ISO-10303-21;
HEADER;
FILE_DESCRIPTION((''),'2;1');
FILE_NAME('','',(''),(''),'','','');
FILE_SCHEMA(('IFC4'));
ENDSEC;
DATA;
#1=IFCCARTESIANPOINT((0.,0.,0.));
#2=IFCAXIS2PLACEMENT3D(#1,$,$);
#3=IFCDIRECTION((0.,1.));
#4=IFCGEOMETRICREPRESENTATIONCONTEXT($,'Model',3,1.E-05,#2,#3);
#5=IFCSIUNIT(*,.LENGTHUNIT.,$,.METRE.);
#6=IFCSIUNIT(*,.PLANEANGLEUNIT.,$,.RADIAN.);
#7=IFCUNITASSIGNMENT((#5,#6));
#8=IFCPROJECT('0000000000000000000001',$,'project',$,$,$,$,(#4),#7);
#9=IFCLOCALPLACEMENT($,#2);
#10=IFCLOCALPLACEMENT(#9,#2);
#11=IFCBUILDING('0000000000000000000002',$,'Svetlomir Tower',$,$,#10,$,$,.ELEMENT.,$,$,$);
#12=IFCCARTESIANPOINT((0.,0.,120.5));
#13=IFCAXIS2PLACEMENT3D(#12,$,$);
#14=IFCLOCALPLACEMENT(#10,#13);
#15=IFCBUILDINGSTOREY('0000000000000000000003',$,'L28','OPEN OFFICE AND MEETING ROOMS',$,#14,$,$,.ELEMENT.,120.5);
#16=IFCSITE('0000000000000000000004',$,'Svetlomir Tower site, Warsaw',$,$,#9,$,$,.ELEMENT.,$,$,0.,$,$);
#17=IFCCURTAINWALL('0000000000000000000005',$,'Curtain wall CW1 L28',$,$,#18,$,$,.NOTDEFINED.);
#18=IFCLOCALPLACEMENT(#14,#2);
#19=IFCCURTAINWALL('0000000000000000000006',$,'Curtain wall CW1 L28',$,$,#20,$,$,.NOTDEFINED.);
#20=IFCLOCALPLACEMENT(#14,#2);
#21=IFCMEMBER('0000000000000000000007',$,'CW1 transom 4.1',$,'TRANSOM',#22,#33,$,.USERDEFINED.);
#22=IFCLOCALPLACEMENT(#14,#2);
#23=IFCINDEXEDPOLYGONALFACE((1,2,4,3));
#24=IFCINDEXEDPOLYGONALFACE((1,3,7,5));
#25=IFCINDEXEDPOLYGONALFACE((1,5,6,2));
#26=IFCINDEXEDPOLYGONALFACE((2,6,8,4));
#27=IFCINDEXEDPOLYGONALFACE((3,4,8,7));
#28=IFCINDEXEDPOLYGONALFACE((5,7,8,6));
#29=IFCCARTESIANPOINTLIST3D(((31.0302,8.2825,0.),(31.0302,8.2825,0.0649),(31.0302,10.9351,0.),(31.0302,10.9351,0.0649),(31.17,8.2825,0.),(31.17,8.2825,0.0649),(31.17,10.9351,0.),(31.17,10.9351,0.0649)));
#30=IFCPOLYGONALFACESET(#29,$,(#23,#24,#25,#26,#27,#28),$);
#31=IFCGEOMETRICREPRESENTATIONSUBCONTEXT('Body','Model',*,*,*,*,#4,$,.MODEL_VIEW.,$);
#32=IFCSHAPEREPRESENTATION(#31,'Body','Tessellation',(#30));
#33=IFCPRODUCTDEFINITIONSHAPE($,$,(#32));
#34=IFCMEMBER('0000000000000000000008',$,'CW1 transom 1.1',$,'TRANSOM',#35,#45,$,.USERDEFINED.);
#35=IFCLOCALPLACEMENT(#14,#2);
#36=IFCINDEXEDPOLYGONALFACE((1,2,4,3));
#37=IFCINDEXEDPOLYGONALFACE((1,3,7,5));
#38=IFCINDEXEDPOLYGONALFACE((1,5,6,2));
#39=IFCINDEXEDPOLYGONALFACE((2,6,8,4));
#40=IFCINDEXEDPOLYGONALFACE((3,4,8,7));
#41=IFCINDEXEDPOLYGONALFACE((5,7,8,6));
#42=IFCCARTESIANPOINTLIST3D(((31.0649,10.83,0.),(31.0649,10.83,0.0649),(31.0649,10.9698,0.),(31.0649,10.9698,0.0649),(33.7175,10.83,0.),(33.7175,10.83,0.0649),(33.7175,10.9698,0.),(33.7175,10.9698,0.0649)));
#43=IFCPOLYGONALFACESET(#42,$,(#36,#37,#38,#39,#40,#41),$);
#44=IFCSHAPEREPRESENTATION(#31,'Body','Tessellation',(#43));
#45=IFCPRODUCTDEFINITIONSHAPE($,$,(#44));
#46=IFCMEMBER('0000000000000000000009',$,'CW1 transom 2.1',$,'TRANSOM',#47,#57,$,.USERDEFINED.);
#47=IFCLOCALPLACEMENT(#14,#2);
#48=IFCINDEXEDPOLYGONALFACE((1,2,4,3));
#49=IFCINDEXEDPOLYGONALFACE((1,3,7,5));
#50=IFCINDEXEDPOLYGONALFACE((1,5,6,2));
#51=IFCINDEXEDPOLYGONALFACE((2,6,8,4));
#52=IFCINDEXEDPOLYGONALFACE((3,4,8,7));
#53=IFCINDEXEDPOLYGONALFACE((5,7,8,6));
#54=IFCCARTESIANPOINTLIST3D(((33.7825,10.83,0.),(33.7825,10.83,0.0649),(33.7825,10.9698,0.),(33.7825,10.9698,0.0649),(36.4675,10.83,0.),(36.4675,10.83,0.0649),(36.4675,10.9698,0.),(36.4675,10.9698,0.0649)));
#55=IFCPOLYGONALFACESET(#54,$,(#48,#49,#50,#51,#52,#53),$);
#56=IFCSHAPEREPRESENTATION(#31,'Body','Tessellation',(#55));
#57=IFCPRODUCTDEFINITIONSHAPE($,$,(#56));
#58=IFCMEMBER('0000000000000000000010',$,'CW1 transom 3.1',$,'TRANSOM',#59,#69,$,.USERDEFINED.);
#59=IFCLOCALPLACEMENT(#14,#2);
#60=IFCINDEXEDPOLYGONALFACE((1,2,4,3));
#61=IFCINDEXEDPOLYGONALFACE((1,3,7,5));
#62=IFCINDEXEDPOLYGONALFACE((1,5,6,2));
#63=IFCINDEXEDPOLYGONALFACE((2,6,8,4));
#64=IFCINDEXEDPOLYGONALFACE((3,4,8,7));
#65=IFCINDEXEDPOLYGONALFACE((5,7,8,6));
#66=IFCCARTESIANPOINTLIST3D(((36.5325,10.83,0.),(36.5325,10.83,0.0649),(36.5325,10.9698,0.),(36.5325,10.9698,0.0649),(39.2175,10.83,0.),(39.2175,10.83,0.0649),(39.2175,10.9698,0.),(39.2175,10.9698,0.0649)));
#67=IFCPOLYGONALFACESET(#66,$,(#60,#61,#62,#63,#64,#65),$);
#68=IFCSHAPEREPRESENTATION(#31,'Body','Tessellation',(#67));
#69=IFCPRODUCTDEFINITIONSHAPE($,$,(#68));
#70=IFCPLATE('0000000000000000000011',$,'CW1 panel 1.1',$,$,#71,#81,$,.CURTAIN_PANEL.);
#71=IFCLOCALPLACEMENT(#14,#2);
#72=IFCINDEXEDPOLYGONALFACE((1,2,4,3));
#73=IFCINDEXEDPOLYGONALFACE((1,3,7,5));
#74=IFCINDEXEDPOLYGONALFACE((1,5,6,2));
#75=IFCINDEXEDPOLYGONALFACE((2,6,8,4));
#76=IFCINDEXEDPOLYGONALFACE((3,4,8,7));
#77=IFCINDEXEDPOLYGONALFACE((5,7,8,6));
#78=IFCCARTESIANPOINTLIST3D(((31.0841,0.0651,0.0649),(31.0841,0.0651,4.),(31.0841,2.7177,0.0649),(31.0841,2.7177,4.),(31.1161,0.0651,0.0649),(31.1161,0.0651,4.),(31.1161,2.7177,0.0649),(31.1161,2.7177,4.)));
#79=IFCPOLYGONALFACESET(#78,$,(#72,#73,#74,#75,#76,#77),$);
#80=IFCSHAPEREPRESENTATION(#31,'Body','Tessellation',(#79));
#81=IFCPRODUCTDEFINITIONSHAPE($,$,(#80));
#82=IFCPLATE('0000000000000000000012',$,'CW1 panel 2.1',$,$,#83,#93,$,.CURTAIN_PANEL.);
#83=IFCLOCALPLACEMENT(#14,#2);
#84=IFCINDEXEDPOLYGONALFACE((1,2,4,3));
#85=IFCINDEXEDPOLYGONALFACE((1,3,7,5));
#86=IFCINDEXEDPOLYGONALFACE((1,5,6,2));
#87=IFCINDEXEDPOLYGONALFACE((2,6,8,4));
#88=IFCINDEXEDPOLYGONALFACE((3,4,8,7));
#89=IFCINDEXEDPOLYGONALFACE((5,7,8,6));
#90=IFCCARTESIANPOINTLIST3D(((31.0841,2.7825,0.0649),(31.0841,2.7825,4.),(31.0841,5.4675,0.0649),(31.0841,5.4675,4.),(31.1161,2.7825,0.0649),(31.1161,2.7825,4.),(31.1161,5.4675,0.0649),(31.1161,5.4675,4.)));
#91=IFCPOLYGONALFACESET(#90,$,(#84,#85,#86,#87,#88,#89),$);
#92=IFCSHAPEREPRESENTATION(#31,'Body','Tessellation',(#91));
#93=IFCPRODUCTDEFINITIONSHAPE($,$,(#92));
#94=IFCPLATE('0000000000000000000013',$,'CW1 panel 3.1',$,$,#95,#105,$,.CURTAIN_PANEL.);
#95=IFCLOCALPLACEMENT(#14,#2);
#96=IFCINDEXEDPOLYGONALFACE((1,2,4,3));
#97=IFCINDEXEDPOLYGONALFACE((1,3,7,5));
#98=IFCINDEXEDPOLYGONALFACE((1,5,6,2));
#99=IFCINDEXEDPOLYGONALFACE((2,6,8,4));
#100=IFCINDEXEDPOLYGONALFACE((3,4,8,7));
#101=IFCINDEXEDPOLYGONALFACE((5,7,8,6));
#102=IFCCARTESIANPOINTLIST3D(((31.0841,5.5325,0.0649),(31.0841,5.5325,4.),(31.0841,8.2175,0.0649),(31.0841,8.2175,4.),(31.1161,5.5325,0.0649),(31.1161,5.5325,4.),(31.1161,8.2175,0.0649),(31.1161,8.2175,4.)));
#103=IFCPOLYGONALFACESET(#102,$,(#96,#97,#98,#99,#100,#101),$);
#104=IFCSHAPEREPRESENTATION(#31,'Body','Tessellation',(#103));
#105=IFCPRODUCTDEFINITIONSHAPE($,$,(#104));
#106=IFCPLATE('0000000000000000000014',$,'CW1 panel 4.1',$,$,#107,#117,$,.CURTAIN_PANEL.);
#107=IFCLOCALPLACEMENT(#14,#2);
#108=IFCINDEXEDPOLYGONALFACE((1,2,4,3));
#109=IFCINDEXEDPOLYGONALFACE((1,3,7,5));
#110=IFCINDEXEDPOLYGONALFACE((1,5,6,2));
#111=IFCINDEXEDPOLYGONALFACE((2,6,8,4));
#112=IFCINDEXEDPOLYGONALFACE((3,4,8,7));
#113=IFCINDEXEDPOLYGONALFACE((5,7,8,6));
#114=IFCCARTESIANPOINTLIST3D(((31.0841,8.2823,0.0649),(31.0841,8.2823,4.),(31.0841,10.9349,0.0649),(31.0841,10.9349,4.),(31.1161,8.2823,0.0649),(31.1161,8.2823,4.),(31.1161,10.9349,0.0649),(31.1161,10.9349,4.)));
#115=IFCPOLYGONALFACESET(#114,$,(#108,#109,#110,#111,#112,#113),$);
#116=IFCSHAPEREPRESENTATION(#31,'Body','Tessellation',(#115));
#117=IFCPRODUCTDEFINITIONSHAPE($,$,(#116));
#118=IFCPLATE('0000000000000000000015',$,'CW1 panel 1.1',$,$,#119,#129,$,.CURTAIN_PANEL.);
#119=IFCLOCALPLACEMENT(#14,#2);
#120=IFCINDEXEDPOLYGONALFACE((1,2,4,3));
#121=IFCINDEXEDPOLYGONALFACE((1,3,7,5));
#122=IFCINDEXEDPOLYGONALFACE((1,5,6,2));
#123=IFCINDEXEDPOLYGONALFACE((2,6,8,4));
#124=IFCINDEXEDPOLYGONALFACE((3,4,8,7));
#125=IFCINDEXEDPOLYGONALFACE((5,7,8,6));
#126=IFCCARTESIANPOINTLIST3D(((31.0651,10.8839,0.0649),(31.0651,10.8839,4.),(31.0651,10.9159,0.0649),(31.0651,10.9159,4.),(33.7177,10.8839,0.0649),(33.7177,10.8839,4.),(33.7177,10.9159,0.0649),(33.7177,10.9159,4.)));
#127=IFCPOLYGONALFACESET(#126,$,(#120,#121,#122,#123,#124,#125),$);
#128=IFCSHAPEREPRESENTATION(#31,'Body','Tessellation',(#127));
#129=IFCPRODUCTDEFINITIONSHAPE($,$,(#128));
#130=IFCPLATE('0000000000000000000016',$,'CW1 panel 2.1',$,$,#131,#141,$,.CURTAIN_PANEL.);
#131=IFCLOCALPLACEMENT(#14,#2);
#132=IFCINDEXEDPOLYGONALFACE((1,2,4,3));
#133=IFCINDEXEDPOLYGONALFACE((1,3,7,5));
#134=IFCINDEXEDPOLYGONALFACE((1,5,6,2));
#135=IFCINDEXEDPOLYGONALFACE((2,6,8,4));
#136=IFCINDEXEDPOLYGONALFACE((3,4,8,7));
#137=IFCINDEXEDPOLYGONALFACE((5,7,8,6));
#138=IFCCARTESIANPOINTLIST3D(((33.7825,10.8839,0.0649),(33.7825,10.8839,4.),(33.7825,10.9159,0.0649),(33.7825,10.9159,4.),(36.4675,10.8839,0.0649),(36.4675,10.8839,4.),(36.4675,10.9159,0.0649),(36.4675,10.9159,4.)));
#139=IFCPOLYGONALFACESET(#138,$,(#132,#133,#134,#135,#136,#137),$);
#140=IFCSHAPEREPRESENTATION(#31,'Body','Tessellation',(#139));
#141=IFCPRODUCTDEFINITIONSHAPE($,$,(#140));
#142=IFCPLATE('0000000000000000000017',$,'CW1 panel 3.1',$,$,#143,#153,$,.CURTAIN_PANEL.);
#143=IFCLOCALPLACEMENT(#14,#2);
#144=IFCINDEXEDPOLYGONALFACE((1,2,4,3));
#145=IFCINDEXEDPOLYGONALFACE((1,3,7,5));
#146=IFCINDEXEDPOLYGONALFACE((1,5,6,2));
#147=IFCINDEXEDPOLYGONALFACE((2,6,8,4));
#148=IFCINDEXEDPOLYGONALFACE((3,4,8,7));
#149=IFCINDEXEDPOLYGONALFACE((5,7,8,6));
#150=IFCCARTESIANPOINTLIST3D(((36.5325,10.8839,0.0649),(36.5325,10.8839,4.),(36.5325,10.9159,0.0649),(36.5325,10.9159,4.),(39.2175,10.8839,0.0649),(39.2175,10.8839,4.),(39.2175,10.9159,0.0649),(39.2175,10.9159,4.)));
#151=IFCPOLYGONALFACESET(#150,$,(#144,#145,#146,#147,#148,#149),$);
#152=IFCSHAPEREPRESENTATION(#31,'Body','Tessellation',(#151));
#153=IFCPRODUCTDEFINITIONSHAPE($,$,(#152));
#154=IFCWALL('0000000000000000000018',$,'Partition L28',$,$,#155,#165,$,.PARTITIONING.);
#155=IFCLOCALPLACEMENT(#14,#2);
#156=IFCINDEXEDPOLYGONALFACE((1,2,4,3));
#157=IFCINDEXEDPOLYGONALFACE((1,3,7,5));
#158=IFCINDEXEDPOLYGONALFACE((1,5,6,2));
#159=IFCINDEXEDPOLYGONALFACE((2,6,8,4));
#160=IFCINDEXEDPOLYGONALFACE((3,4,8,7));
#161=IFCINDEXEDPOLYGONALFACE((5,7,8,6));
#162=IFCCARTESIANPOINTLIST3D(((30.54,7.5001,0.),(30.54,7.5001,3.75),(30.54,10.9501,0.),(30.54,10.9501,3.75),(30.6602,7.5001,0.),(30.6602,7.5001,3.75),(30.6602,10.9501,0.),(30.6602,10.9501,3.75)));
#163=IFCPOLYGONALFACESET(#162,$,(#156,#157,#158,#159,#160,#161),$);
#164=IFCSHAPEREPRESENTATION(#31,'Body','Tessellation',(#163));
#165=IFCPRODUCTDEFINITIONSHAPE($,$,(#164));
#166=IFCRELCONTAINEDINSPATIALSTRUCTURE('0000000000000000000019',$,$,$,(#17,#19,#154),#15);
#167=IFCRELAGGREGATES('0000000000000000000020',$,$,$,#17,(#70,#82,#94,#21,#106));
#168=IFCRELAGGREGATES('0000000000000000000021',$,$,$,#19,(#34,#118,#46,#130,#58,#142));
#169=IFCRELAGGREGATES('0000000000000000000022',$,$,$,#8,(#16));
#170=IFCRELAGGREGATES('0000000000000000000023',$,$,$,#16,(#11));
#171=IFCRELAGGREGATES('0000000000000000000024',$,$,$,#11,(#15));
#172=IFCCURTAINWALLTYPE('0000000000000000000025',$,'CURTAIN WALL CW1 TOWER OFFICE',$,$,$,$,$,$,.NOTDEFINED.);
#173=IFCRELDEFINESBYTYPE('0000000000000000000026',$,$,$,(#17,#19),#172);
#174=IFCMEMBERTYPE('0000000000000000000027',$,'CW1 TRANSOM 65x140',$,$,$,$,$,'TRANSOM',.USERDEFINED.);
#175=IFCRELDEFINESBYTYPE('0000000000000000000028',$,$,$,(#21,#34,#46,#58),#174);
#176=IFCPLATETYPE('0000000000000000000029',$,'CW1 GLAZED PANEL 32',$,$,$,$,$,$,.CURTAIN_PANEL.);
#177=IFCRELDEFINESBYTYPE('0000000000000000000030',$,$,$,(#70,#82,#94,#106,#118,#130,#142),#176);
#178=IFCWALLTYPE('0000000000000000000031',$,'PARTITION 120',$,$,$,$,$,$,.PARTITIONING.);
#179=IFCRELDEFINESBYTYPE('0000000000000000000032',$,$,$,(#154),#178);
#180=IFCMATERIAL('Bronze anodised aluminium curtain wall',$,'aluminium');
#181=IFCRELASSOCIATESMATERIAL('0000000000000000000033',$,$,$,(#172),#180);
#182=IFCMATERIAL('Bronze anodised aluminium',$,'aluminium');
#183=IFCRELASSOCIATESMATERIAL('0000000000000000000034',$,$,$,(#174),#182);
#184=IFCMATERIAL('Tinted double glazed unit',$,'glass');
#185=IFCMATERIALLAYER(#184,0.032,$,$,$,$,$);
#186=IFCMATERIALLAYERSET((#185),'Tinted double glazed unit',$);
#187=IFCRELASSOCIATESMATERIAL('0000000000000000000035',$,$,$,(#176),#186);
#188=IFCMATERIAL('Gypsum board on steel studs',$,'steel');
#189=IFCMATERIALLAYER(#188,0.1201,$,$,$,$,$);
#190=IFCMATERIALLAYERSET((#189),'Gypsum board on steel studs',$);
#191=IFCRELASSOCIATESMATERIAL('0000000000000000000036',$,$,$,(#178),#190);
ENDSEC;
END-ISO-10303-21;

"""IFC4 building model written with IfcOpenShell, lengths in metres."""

from ifc_helpers import new_model, si_unit, direction, frame, frame_2d, origin, origin_2d, place, context, subcontext, project, spatial, rectangle, extrude, material, layer, layer_set, material_profile, profile_set, type_object, element, aggregate, save


model = new_model("IFC4")

# Units and contexts
model_context = context("Model", 3, precision=1e-05, world=origin(), true_north=direction((0.0, 1.0)))
body_context = subcontext(model_context, "Body", "Model", "MODEL_VIEW")
ifc_project = project(units=[si_unit("LENGTHUNIT", "METRE"), si_unit("PLANEANGLEUNIT", "RADIAN")], contexts=[model_context])

# Site, building, storey
site_placement = place(None, origin())
site = spatial("IfcSite", under=ifc_project, at=site_placement, Name="Svetlomir Tower site, Warsaw", CompositionType="ELEMENT", RefElevation=0.0)
building_placement = place(site_placement, origin())
building = spatial("IfcBuilding", under=site, at=building_placement, Name="Svetlomir Tower", CompositionType="ELEMENT")
storey_placement = place(building_placement, frame((0.0, 0.0, 120.5)))
storey = spatial("IfcBuildingStorey", under=building, at=storey_placement, Name="L28", Description="OPEN OFFICE AND MEETING ROOMS", CompositionType="ELEMENT", Elevation=120.5)

# Curtain walls
ifc_material_1 = material(Name="Bronze anodised aluminium curtain wall", Category="aluminium")
curtain_wall_type = type_object("IfcCurtainWallType", Name="CURTAIN WALL CW1 TOWER OFFICE", PredefinedType="NOTDEFINED", material=ifc_material_1)
curtain_wall_1_placement = place(storey_placement, origin())
curtain_wall_1 = element("IfcCurtainWall", 1, at=curtain_wall_1_placement, inside=storey, type_object=curtain_wall_type, Name="Curtain wall CW1 L28", PredefinedType="NOTDEFINED")
curtain_wall_2_placement = place(storey_placement, origin())
curtain_wall_2 = element("IfcCurtainWall", 2, at=curtain_wall_2_placement, inside=storey, type_object=curtain_wall_type, Name="Curtain wall CW1 L28", PredefinedType="NOTDEFINED")

# Members
ifc_material_2 = material(Name="Bronze anodised aluminium", Category="aluminium")
ifc_material_profile_1 = material_profile(ifc_material_2, rectangle(XDim=0.1399, YDim=0.0649, at=origin_2d()), Name="AL 140x65")
ifc_profile_set_1 = profile_set([ifc_material_profile_1], Name="Bronze anodised aluminium 6063-T6")
member_type_1 = type_object("IfcMemberType", Name="CW1 TRANSOM 65x140", ElementType="TRANSOM", PredefinedType="USERDEFINED", material=ifc_profile_set_1)
member_1_placement = place(storey_placement, frame((31.1001, 8.2825, 0.0325), z_axis=(0.0, 1.0, 0.0), x_axis=(-1.0, 0.0, 0.0)))
member_1 = element("IfcMember", 3, at=member_1_placement, type_object=member_type_1, Name="CW1 transom 4.1", ObjectType="TRANSOM", PredefinedType="USERDEFINED", context=body_context, shape_type="SweptSolid", body=[
    extrude(rectangle(XDim=0.1399, YDim=0.0649, at=origin_2d()), origin(), (0.0, 0.0, 1.0), 2.6526),
])
member_2_placement = place(storey_placement, frame((31.0649, 10.8999, 0.0325), z_axis=(1.0, 0.0, 0.0), x_axis=(0.0, 1.0, 0.0)))
member_2 = element("IfcMember", 4, at=member_2_placement, type_object=member_type_1, Name="CW1 transom 1.1", ObjectType="TRANSOM", PredefinedType="USERDEFINED", context=body_context, shape_type="SweptSolid", body=[
    extrude(rectangle(XDim=0.1399, YDim=0.0649, at=origin_2d()), origin(), (0.0, 0.0, 1.0), 2.6526),
])
member_3_placement = place(storey_placement, frame((33.7825, 10.8999, 0.0325), z_axis=(1.0, 0.0, 0.0), x_axis=(0.0, 1.0, 0.0)))
member_3 = element("IfcMember", 5, at=member_3_placement, type_object=member_type_1, Name="CW1 transom 2.1", ObjectType="TRANSOM", PredefinedType="USERDEFINED", context=body_context, shape_type="SweptSolid", body=[
    extrude(rectangle(XDim=0.1399, YDim=0.0649, at=origin_2d()), origin(), (0.0, 0.0, 1.0), 2.6851),
])
member_4_placement = place(storey_placement, frame((36.5325, 10.8999, 0.0325), z_axis=(1.0, 0.0, 0.0), x_axis=(0.0, 1.0, 0.0)))
member_4 = element("IfcMember", 6, at=member_4_placement, type_object=member_type_1, Name="CW1 transom 3.1", ObjectType="TRANSOM", PredefinedType="USERDEFINED", context=body_context, shape_type="SweptSolid", body=[
    extrude(rectangle(XDim=0.1399, YDim=0.0649, at=origin_2d()), origin(), (0.0, 0.0, 1.0), 2.6851),
])

# Plates
ifc_material_3 = material(Name="Tinted double glazed unit", Category="glass")
ifc_layer_1 = layer(ifc_material_3, 0.032)
ifc_layer_set_1 = layer_set([ifc_layer_1], Name="Tinted double glazed unit")
plate_type = type_object("IfcPlateType", Name="CW1 GLAZED PANEL 32", PredefinedType="CURTAIN_PANEL", material=ifc_layer_set_1)
plate_1_placement = place(storey_placement, frame((31.1001, 1.3914, 0.0649), z_axis=(0.0, 0.0, 1.0), x_axis=(0.0, 1.0, 0.0)))
plate_1 = element("IfcPlate", 7, at=plate_1_placement, type_object=plate_type, Name="CW1 panel 1.1", PredefinedType="CURTAIN_PANEL", context=body_context, shape_type="SweptSolid", body=[
    extrude(rectangle(XDim=2.6526, YDim=0.032, at=origin_2d()), origin(), (0.0, 0.0, 1.0), 3.9351),
])
plate_2_placement = place(storey_placement, frame((31.1001, 4.125, 0.0649), z_axis=(0.0, 0.0, 1.0), x_axis=(0.0, 1.0, 0.0)))
plate_2 = element("IfcPlate", 8, at=plate_2_placement, type_object=plate_type, Name="CW1 panel 2.1", PredefinedType="CURTAIN_PANEL", context=body_context, shape_type="SweptSolid", body=[
    extrude(rectangle(XDim=2.6851, YDim=0.032, at=origin_2d()), origin(), (0.0, 0.0, 1.0), 3.9351),
])
plate_3_placement = place(storey_placement, frame((31.1001, 6.875, 0.0649), z_axis=(0.0, 0.0, 1.0), x_axis=(0.0, 1.0, 0.0)))
plate_3 = element("IfcPlate", 9, at=plate_3_placement, type_object=plate_type, Name="CW1 panel 3.1", PredefinedType="CURTAIN_PANEL", context=body_context, shape_type="SweptSolid", body=[
    extrude(rectangle(XDim=2.6851, YDim=0.032, at=origin_2d()), origin(), (0.0, 0.0, 1.0), 3.9351),
])
plate_4_placement = place(storey_placement, frame((31.1001, 9.6086, 0.0649), z_axis=(0.0, 0.0, 1.0), x_axis=(0.0, 1.0, 0.0)))
plate_4 = element("IfcPlate", 10, at=plate_4_placement, type_object=plate_type, Name="CW1 panel 4.1", PredefinedType="CURTAIN_PANEL", context=body_context, shape_type="SweptSolid", body=[
    extrude(rectangle(XDim=2.6526, YDim=0.032, at=origin_2d()), origin(), (0.0, 0.0, 1.0), 3.9351),
])
aggregate(curtain_wall_1, [plate_1, plate_2, plate_3, member_1, plate_4])
plate_5_placement = place(storey_placement, frame((32.3914, 10.8999, 0.0649), z_axis=(0.0, 0.0, 1.0), x_axis=(1.0, 0.0, 0.0)))
plate_5 = element("IfcPlate", 11, at=plate_5_placement, type_object=plate_type, Name="CW1 panel 1.1", PredefinedType="CURTAIN_PANEL", context=body_context, shape_type="SweptSolid", body=[
    extrude(rectangle(XDim=2.6526, YDim=0.032, at=origin_2d()), origin(), (0.0, 0.0, 1.0), 3.9351),
])
plate_6_placement = place(storey_placement, frame((35.125, 10.8999, 0.0649), z_axis=(0.0, 0.0, 1.0), x_axis=(1.0, 0.0, 0.0)))
plate_6 = element("IfcPlate", 12, at=plate_6_placement, type_object=plate_type, Name="CW1 panel 2.1", PredefinedType="CURTAIN_PANEL", context=body_context, shape_type="SweptSolid", body=[
    extrude(rectangle(XDim=2.6851, YDim=0.032, at=origin_2d()), origin(), (0.0, 0.0, 1.0), 3.9351),
])
plate_7_placement = place(storey_placement, frame((37.875, 10.8999, 0.0649), z_axis=(0.0, 0.0, 1.0), x_axis=(1.0, 0.0, 0.0)))
plate_7 = element("IfcPlate", 13, at=plate_7_placement, type_object=plate_type, Name="CW1 panel 3.1", PredefinedType="CURTAIN_PANEL", context=body_context, shape_type="SweptSolid", body=[
    extrude(rectangle(XDim=2.6851, YDim=0.032, at=origin_2d()), origin(), (0.0, 0.0, 1.0), 3.9351),
])
aggregate(curtain_wall_2, [member_2, plate_5, member_3, plate_6, member_4, plate_7])

# Wall
ifc_material_4 = material(Name="Gypsum board on steel studs", Category="steel")
ifc_layer_2 = layer(ifc_material_4, 0.1201)
ifc_layer_set_2 = layer_set([ifc_layer_2], Name="Gypsum board on steel studs")
wall_type = type_object("IfcWallType", Name="PARTITION 120", PredefinedType="PARTITIONING", material=ifc_layer_set_2)
wall_placement = place(storey_placement, frame((30.6001, 7.5, 0.0), z_axis=(0.0, 0.0, 1.0), x_axis=(0.0, 1.0, 0.0)))
element("IfcWall", 14, at=wall_placement, inside=storey, type_object=wall_type, Name="Partition L28", PredefinedType="PARTITIONING", context=body_context, shape_type="SweptSolid", body=[
    extrude(rectangle(XDim=3.45, YDim=0.1201, at=frame_2d((1.7251, 0.0))), origin(), (0.0, 0.0, 1.0), 3.75),
])

save(model, "model.ifc")
